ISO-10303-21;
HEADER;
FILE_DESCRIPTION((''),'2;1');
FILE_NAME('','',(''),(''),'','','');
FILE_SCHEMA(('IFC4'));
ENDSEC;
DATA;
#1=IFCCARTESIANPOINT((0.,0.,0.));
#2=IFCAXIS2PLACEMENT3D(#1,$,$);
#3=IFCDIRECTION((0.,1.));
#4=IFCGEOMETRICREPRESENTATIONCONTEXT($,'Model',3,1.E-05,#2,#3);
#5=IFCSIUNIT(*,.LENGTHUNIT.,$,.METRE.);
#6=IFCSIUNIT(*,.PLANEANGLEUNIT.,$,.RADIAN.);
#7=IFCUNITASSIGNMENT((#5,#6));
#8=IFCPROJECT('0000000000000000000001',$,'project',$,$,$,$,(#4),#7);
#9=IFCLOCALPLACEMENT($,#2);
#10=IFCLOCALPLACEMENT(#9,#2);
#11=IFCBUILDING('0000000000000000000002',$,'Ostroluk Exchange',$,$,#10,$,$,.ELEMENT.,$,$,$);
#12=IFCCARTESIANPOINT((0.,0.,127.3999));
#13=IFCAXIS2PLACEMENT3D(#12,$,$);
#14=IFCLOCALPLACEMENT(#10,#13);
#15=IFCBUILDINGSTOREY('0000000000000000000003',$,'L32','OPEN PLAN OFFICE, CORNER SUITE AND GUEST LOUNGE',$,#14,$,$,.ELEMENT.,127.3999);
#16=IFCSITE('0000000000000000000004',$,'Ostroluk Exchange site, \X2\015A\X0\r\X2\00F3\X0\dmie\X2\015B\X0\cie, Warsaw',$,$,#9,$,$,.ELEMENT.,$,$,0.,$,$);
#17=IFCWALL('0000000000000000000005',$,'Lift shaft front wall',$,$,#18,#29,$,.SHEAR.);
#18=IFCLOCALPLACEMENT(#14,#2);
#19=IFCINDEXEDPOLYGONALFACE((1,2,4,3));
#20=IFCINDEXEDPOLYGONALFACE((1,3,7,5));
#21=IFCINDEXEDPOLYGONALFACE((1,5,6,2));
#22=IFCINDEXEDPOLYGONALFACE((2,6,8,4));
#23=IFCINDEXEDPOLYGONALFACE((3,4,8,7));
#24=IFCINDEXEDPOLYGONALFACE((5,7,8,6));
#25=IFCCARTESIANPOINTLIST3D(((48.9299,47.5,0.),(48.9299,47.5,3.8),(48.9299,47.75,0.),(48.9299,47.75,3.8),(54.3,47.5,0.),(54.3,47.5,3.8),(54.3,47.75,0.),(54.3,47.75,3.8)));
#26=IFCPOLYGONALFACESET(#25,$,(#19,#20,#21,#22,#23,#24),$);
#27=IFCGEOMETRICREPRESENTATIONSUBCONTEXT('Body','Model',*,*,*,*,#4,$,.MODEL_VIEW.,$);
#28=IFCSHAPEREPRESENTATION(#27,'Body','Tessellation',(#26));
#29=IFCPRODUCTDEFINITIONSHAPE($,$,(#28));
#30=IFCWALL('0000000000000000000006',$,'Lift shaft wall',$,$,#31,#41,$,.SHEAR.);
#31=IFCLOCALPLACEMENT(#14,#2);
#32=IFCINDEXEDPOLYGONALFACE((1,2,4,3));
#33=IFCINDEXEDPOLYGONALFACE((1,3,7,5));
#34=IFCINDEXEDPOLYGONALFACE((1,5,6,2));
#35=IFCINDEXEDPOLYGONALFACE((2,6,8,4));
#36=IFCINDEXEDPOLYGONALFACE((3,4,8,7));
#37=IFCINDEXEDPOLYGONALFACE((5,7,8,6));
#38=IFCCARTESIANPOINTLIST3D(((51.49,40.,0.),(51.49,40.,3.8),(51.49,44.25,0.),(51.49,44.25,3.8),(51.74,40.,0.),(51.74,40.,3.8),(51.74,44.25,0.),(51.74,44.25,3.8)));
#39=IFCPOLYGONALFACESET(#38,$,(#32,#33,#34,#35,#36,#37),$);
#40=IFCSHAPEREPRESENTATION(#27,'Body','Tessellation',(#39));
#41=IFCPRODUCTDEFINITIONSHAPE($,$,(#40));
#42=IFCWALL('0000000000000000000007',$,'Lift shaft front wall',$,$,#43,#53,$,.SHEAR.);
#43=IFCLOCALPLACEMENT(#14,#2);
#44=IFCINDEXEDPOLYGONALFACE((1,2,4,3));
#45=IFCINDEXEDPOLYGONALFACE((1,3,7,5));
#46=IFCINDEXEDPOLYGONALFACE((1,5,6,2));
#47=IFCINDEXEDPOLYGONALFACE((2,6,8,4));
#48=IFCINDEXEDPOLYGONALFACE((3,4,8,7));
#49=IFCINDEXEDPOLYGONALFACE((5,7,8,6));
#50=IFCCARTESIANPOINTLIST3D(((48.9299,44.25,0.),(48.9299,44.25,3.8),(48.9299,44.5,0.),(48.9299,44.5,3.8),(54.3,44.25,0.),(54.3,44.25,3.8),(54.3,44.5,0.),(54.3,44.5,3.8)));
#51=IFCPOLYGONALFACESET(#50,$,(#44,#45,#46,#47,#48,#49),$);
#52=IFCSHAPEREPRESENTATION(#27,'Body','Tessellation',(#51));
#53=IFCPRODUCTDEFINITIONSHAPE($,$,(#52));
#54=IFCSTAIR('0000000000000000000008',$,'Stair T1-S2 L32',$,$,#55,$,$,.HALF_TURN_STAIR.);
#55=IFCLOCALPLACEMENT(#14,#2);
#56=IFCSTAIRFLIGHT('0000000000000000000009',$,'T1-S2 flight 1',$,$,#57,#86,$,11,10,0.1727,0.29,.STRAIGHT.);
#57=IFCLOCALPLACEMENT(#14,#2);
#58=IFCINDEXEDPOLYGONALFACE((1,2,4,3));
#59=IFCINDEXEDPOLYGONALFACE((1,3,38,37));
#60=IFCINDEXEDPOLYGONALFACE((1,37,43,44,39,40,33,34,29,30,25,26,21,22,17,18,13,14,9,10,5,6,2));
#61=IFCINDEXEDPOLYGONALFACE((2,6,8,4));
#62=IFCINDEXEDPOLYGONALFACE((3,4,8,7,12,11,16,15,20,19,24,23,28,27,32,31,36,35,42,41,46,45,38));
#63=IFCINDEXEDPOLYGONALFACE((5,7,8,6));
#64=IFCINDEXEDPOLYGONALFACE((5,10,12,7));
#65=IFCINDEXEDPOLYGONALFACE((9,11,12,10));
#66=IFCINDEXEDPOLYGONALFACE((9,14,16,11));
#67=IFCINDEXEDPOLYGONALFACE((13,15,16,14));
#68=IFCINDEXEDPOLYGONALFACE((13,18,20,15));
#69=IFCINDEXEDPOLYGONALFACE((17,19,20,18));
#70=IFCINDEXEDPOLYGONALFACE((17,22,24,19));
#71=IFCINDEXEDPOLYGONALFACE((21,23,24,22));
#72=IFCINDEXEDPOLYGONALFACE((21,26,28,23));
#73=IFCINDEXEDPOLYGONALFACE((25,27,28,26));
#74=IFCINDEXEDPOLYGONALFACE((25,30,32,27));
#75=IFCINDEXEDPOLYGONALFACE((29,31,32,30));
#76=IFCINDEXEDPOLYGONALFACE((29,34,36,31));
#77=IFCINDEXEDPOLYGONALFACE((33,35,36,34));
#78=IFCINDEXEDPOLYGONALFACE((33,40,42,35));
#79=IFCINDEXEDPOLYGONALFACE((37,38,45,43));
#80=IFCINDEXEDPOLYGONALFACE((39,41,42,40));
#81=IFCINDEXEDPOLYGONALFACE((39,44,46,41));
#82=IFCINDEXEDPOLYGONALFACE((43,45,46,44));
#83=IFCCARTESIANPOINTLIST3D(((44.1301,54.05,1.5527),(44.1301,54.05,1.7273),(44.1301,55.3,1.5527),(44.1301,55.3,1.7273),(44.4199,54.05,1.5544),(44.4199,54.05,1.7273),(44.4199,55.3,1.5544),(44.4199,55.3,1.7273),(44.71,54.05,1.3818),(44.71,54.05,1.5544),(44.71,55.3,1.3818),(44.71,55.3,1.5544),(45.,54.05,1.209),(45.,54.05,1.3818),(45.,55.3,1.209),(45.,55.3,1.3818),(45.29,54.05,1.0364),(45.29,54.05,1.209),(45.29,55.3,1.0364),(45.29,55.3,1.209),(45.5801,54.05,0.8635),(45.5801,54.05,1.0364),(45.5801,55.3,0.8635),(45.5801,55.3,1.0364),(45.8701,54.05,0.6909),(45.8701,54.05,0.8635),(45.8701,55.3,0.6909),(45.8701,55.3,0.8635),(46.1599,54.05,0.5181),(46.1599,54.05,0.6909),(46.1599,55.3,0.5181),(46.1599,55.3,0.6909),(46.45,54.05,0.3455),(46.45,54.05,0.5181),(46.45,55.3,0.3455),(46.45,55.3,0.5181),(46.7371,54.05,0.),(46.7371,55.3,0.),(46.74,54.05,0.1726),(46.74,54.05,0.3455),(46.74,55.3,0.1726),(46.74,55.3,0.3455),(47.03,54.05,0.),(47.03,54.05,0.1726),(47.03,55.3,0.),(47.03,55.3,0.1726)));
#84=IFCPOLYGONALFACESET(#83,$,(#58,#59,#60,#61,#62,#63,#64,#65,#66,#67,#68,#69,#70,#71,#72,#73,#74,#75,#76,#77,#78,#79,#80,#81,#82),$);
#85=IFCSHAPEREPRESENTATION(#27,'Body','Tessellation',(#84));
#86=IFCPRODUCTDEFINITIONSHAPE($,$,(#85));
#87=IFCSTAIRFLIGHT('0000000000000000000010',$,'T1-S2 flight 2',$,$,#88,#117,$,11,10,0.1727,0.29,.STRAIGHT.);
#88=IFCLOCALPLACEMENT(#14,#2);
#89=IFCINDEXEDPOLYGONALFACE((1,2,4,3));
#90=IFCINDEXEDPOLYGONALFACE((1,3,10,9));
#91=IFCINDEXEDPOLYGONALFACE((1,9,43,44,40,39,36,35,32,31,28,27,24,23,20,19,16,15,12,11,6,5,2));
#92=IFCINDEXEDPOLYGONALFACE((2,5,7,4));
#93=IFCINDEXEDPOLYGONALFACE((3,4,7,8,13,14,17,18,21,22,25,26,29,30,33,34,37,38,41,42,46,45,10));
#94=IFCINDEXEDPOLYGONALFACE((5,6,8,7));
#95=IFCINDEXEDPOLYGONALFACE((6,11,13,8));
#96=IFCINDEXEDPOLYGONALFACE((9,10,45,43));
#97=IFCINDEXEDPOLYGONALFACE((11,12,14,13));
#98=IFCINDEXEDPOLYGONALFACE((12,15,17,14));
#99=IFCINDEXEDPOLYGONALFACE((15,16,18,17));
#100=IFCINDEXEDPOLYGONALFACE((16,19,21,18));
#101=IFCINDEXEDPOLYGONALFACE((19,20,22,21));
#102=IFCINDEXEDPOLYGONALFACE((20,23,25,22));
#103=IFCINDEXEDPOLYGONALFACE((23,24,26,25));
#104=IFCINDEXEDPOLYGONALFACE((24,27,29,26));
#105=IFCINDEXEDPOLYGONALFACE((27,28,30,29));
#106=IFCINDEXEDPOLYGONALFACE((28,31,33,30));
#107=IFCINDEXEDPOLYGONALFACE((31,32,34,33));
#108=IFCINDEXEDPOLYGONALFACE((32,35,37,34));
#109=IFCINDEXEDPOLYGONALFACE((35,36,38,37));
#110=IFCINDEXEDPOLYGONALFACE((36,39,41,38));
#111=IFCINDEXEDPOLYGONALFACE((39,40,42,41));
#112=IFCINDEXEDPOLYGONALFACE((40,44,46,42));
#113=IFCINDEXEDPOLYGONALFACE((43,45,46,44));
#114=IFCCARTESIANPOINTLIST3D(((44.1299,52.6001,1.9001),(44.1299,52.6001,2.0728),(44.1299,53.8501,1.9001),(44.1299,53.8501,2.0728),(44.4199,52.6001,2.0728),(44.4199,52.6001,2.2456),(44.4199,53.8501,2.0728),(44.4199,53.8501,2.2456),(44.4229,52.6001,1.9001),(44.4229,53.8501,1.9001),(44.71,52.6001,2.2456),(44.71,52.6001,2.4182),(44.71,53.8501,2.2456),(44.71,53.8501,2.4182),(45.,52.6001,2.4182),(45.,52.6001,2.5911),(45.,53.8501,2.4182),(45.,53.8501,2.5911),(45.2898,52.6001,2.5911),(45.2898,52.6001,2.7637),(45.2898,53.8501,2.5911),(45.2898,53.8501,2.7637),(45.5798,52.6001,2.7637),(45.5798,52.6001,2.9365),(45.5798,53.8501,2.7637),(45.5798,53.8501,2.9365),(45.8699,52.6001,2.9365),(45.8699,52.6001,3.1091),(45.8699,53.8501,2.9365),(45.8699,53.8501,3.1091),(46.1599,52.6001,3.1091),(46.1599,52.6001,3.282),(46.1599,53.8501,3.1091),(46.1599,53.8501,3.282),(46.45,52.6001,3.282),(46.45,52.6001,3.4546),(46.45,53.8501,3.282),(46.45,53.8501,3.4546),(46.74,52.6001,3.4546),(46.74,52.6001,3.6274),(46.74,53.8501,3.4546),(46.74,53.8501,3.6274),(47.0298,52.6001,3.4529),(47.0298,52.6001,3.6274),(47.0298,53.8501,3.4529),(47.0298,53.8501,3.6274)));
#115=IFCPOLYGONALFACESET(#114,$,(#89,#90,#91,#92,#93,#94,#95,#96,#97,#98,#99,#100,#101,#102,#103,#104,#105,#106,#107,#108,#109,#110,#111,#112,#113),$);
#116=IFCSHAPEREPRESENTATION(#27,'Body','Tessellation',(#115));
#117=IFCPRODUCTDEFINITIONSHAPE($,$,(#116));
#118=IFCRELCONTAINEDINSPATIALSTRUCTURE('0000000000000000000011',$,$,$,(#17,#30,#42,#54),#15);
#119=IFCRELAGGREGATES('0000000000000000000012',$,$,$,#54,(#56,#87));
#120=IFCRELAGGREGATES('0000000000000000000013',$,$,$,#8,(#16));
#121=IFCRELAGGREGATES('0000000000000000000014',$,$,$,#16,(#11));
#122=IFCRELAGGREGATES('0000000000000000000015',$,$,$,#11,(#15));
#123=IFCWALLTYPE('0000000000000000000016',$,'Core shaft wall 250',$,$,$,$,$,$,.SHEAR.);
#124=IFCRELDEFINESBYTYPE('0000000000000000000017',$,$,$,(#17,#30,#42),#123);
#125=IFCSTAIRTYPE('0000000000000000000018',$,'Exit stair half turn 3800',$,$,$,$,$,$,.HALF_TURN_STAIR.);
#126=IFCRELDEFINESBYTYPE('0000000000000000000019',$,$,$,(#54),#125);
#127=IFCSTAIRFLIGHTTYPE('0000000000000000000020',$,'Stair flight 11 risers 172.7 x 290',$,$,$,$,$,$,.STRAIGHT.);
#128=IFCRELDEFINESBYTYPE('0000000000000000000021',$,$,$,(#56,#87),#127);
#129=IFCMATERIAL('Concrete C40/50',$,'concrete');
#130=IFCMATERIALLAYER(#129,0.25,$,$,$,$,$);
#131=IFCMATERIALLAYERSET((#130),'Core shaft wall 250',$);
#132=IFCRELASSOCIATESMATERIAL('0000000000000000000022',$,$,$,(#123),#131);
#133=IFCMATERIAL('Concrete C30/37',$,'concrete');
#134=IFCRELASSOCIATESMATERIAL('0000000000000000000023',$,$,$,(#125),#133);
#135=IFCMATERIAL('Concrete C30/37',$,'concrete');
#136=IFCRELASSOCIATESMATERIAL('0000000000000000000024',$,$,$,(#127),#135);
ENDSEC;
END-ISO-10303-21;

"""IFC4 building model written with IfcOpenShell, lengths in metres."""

from ifc_helpers import new_model, si_unit, direction, frame, frame_2d, origin, place, context, subcontext, project, spatial, polyline, rectangle, outline, extrude, material, layer, layer_set, type_object, element, aggregate, save


model = new_model("IFC4")

# Units and contexts
model_context = context("Model", 3, precision=1e-05, world=origin(), true_north=direction((0.0, 1.0)))
body_context = subcontext(model_context, "Body", "Model", "MODEL_VIEW")
ifc_project = project(units=[si_unit("LENGTHUNIT", "METRE"), si_unit("PLANEANGLEUNIT", "RADIAN")], contexts=[model_context])

# Site, building, storey
site_placement = place(None, origin())
site = spatial("IfcSite", under=ifc_project, at=site_placement, Name="Ostroluk Exchange site, Śródmieście, Warsaw", CompositionType="ELEMENT", RefElevation=0.0)
building_placement = place(site_placement, origin())
building = spatial("IfcBuilding", under=site, at=building_placement, Name="Ostroluk Exchange", CompositionType="ELEMENT")
storey_placement = place(building_placement, frame((0.0, 0.0, 127.3999)))
storey = spatial("IfcBuildingStorey", under=building, at=storey_placement, Name="L32", Description="OPEN PLAN OFFICE, CORNER SUITE AND GUEST LOUNGE", CompositionType="ELEMENT", Elevation=127.3999)

# Shared definitions
ifc_material_1 = material(Name="Concrete C40/50", Category="concrete")
ifc_layer_1 = layer(ifc_material_1, 0.25)
ifc_layer_set_1 = layer_set([ifc_layer_1], Name="Core shaft wall 250")
wall_type_1 = type_object("IfcWallType", Name="Core shaft wall 250", PredefinedType="SHEAR", material=ifc_layer_set_1)

# Walls
wall_1_placement = place(storey_placement, frame((48.9299, 47.625, 0.0), z_axis=(0.0, 0.0, 1.0), x_axis=(1.0, 0.0, 0.0)))
element("IfcWall", 1, at=wall_1_placement, inside=storey, type_object=wall_type_1, Name="Lift shaft front wall", PredefinedType="SHEAR", context=body_context, shape_type="SweptSolid", body=[
    extrude(rectangle(XDim=5.3701, YDim=0.25, at=frame_2d((2.6851, 0.0))), origin(), (0.0, 0.0, 1.0), 3.8),
])
wall_2_placement = place(storey_placement, frame((51.615, 44.25, 0.0), z_axis=(0.0, 0.0, 1.0), x_axis=(0.0, -1.0, 0.0)))
element("IfcWall", 2, at=wall_2_placement, inside=storey, type_object=wall_type_1, Name="Lift shaft wall", PredefinedType="SHEAR", context=body_context, shape_type="SweptSolid", body=[
    extrude(rectangle(XDim=4.25, YDim=0.25, at=frame_2d((2.125, 0.0))), origin(), (0.0, 0.0, 1.0), 3.8),
])
wall_3_placement = place(storey_placement, frame((48.9299, 44.375, 0.0), z_axis=(0.0, 0.0, 1.0), x_axis=(1.0, 0.0, 0.0)))
element("IfcWall", 3, at=wall_3_placement, inside=storey, type_object=wall_type_1, Name="Lift shaft front wall", PredefinedType="SHEAR", context=body_context, shape_type="SweptSolid", body=[
    extrude(rectangle(XDim=5.3701, YDim=0.25, at=frame_2d((2.6851, 0.0))), origin(), (0.0, 0.0, 1.0), 3.8),
])

# Stair, stair flights
ifc_material_2 = material(Name="Concrete C30/37", Category="concrete")
stair_type = type_object("IfcStairType", Name="Exit stair half turn 3800", PredefinedType="HALF_TURN_STAIR", material=ifc_material_2)
stair_placement = place(storey_placement, origin())
stair = element("IfcStair", 4, at=stair_placement, inside=storey, type_object=stair_type, Name="Stair T1-S2 L32", PredefinedType="HALF_TURN_STAIR")
ifc_material_3 = material(Name="Concrete C30/37", Category="concrete")
stair_flight_type = type_object("IfcStairFlightType", Name="Stair flight 11 risers 172.7 x 290", PredefinedType="STRAIGHT", material=ifc_material_3)
stair_flight_1_placement = place(storey_placement, frame((47.03, 54.675, 0.0), z_axis=(0.0, 0.0, 1.0), x_axis=(-1.0, 0.0, 0.0)))
stair_flight_1 = element("IfcStairFlight", 5, at=stair_flight_1_placement, type_object=stair_flight_type, Name="T1-S2 flight 1", NumberOfRisers=11, NumberOfTreads=10, PredefinedType="STRAIGHT", RiserHeight=0.1727, TreadLength=0.29, context=body_context, shape_type="SweptSolid", body=[
    extrude(outline(polyline([(0.0, 0.0), (0.0, 0.1726), (0.29, 0.1726), (0.29, 0.3455), (0.5801, 0.3455), (0.5801, 0.5181), (0.8701, 0.5181), (0.8701, 0.6909), (1.1599, 0.6909), (1.1599, 0.8635), (1.45, 0.8635), (1.45, 1.0364), (1.74, 1.0364), (1.74, 1.209), (2.03, 1.209), (2.03, 1.3818), (2.3201, 1.3818), (2.3201, 1.5544), (2.6101, 1.5544), (2.6101, 1.7273), (2.8999, 1.7273), (2.8999, 1.8999), (2.8999, 1.5527), (0.293, 0.0), (0.0, 0.0)])), frame((0.0, 0.625, 0.0), z_axis=(0.0, -1.0, 0.0), x_axis=(1.0, 0.0, 0.0)), (0.0, 0.0, 1.0), 1.25),
])
stair_flight_2_placement = place(storey_placement, frame((44.1299, 53.2251, 1.9001), z_axis=(0.0, 0.0, 1.0), x_axis=(1.0, 0.0, 0.0)))
stair_flight_2 = element("IfcStairFlight", 6, at=stair_flight_2_placement, type_object=stair_flight_type, Name="T1-S2 flight 2", NumberOfRisers=11, NumberOfTreads=10, PredefinedType="STRAIGHT", RiserHeight=0.1727, TreadLength=0.29, context=body_context, shape_type="SweptSolid", body=[
    extrude(outline(polyline([(0.0, 0.0), (0.0, 0.1726), (0.29, 0.1726), (0.29, 0.3455), (0.5801, 0.3455), (0.5801, 0.5181), (0.8701, 0.5181), (0.8701, 0.6909), (1.1599, 0.6909), (1.1599, 0.8635), (1.45, 0.8635), (1.45, 1.0364), (1.74, 1.0364), (1.74, 1.209), (2.03, 1.209), (2.03, 1.3818), (2.3201, 1.3818), (2.3201, 1.5544), (2.6101, 1.5544), (2.6101, 1.7273), (2.8999, 1.7273), (2.8999, 1.8999), (2.8999, 1.5527), (0.293, 0.0), (0.0, 0.0)])), frame((0.0, 0.625, 0.0), z_axis=(0.0, -1.0, 0.0), x_axis=(1.0, 0.0, 0.0)), (0.0, 0.0, 1.0), 1.25),
])
aggregate(stair, [stair_flight_1, stair_flight_2])

save(model, "model.ifc")
